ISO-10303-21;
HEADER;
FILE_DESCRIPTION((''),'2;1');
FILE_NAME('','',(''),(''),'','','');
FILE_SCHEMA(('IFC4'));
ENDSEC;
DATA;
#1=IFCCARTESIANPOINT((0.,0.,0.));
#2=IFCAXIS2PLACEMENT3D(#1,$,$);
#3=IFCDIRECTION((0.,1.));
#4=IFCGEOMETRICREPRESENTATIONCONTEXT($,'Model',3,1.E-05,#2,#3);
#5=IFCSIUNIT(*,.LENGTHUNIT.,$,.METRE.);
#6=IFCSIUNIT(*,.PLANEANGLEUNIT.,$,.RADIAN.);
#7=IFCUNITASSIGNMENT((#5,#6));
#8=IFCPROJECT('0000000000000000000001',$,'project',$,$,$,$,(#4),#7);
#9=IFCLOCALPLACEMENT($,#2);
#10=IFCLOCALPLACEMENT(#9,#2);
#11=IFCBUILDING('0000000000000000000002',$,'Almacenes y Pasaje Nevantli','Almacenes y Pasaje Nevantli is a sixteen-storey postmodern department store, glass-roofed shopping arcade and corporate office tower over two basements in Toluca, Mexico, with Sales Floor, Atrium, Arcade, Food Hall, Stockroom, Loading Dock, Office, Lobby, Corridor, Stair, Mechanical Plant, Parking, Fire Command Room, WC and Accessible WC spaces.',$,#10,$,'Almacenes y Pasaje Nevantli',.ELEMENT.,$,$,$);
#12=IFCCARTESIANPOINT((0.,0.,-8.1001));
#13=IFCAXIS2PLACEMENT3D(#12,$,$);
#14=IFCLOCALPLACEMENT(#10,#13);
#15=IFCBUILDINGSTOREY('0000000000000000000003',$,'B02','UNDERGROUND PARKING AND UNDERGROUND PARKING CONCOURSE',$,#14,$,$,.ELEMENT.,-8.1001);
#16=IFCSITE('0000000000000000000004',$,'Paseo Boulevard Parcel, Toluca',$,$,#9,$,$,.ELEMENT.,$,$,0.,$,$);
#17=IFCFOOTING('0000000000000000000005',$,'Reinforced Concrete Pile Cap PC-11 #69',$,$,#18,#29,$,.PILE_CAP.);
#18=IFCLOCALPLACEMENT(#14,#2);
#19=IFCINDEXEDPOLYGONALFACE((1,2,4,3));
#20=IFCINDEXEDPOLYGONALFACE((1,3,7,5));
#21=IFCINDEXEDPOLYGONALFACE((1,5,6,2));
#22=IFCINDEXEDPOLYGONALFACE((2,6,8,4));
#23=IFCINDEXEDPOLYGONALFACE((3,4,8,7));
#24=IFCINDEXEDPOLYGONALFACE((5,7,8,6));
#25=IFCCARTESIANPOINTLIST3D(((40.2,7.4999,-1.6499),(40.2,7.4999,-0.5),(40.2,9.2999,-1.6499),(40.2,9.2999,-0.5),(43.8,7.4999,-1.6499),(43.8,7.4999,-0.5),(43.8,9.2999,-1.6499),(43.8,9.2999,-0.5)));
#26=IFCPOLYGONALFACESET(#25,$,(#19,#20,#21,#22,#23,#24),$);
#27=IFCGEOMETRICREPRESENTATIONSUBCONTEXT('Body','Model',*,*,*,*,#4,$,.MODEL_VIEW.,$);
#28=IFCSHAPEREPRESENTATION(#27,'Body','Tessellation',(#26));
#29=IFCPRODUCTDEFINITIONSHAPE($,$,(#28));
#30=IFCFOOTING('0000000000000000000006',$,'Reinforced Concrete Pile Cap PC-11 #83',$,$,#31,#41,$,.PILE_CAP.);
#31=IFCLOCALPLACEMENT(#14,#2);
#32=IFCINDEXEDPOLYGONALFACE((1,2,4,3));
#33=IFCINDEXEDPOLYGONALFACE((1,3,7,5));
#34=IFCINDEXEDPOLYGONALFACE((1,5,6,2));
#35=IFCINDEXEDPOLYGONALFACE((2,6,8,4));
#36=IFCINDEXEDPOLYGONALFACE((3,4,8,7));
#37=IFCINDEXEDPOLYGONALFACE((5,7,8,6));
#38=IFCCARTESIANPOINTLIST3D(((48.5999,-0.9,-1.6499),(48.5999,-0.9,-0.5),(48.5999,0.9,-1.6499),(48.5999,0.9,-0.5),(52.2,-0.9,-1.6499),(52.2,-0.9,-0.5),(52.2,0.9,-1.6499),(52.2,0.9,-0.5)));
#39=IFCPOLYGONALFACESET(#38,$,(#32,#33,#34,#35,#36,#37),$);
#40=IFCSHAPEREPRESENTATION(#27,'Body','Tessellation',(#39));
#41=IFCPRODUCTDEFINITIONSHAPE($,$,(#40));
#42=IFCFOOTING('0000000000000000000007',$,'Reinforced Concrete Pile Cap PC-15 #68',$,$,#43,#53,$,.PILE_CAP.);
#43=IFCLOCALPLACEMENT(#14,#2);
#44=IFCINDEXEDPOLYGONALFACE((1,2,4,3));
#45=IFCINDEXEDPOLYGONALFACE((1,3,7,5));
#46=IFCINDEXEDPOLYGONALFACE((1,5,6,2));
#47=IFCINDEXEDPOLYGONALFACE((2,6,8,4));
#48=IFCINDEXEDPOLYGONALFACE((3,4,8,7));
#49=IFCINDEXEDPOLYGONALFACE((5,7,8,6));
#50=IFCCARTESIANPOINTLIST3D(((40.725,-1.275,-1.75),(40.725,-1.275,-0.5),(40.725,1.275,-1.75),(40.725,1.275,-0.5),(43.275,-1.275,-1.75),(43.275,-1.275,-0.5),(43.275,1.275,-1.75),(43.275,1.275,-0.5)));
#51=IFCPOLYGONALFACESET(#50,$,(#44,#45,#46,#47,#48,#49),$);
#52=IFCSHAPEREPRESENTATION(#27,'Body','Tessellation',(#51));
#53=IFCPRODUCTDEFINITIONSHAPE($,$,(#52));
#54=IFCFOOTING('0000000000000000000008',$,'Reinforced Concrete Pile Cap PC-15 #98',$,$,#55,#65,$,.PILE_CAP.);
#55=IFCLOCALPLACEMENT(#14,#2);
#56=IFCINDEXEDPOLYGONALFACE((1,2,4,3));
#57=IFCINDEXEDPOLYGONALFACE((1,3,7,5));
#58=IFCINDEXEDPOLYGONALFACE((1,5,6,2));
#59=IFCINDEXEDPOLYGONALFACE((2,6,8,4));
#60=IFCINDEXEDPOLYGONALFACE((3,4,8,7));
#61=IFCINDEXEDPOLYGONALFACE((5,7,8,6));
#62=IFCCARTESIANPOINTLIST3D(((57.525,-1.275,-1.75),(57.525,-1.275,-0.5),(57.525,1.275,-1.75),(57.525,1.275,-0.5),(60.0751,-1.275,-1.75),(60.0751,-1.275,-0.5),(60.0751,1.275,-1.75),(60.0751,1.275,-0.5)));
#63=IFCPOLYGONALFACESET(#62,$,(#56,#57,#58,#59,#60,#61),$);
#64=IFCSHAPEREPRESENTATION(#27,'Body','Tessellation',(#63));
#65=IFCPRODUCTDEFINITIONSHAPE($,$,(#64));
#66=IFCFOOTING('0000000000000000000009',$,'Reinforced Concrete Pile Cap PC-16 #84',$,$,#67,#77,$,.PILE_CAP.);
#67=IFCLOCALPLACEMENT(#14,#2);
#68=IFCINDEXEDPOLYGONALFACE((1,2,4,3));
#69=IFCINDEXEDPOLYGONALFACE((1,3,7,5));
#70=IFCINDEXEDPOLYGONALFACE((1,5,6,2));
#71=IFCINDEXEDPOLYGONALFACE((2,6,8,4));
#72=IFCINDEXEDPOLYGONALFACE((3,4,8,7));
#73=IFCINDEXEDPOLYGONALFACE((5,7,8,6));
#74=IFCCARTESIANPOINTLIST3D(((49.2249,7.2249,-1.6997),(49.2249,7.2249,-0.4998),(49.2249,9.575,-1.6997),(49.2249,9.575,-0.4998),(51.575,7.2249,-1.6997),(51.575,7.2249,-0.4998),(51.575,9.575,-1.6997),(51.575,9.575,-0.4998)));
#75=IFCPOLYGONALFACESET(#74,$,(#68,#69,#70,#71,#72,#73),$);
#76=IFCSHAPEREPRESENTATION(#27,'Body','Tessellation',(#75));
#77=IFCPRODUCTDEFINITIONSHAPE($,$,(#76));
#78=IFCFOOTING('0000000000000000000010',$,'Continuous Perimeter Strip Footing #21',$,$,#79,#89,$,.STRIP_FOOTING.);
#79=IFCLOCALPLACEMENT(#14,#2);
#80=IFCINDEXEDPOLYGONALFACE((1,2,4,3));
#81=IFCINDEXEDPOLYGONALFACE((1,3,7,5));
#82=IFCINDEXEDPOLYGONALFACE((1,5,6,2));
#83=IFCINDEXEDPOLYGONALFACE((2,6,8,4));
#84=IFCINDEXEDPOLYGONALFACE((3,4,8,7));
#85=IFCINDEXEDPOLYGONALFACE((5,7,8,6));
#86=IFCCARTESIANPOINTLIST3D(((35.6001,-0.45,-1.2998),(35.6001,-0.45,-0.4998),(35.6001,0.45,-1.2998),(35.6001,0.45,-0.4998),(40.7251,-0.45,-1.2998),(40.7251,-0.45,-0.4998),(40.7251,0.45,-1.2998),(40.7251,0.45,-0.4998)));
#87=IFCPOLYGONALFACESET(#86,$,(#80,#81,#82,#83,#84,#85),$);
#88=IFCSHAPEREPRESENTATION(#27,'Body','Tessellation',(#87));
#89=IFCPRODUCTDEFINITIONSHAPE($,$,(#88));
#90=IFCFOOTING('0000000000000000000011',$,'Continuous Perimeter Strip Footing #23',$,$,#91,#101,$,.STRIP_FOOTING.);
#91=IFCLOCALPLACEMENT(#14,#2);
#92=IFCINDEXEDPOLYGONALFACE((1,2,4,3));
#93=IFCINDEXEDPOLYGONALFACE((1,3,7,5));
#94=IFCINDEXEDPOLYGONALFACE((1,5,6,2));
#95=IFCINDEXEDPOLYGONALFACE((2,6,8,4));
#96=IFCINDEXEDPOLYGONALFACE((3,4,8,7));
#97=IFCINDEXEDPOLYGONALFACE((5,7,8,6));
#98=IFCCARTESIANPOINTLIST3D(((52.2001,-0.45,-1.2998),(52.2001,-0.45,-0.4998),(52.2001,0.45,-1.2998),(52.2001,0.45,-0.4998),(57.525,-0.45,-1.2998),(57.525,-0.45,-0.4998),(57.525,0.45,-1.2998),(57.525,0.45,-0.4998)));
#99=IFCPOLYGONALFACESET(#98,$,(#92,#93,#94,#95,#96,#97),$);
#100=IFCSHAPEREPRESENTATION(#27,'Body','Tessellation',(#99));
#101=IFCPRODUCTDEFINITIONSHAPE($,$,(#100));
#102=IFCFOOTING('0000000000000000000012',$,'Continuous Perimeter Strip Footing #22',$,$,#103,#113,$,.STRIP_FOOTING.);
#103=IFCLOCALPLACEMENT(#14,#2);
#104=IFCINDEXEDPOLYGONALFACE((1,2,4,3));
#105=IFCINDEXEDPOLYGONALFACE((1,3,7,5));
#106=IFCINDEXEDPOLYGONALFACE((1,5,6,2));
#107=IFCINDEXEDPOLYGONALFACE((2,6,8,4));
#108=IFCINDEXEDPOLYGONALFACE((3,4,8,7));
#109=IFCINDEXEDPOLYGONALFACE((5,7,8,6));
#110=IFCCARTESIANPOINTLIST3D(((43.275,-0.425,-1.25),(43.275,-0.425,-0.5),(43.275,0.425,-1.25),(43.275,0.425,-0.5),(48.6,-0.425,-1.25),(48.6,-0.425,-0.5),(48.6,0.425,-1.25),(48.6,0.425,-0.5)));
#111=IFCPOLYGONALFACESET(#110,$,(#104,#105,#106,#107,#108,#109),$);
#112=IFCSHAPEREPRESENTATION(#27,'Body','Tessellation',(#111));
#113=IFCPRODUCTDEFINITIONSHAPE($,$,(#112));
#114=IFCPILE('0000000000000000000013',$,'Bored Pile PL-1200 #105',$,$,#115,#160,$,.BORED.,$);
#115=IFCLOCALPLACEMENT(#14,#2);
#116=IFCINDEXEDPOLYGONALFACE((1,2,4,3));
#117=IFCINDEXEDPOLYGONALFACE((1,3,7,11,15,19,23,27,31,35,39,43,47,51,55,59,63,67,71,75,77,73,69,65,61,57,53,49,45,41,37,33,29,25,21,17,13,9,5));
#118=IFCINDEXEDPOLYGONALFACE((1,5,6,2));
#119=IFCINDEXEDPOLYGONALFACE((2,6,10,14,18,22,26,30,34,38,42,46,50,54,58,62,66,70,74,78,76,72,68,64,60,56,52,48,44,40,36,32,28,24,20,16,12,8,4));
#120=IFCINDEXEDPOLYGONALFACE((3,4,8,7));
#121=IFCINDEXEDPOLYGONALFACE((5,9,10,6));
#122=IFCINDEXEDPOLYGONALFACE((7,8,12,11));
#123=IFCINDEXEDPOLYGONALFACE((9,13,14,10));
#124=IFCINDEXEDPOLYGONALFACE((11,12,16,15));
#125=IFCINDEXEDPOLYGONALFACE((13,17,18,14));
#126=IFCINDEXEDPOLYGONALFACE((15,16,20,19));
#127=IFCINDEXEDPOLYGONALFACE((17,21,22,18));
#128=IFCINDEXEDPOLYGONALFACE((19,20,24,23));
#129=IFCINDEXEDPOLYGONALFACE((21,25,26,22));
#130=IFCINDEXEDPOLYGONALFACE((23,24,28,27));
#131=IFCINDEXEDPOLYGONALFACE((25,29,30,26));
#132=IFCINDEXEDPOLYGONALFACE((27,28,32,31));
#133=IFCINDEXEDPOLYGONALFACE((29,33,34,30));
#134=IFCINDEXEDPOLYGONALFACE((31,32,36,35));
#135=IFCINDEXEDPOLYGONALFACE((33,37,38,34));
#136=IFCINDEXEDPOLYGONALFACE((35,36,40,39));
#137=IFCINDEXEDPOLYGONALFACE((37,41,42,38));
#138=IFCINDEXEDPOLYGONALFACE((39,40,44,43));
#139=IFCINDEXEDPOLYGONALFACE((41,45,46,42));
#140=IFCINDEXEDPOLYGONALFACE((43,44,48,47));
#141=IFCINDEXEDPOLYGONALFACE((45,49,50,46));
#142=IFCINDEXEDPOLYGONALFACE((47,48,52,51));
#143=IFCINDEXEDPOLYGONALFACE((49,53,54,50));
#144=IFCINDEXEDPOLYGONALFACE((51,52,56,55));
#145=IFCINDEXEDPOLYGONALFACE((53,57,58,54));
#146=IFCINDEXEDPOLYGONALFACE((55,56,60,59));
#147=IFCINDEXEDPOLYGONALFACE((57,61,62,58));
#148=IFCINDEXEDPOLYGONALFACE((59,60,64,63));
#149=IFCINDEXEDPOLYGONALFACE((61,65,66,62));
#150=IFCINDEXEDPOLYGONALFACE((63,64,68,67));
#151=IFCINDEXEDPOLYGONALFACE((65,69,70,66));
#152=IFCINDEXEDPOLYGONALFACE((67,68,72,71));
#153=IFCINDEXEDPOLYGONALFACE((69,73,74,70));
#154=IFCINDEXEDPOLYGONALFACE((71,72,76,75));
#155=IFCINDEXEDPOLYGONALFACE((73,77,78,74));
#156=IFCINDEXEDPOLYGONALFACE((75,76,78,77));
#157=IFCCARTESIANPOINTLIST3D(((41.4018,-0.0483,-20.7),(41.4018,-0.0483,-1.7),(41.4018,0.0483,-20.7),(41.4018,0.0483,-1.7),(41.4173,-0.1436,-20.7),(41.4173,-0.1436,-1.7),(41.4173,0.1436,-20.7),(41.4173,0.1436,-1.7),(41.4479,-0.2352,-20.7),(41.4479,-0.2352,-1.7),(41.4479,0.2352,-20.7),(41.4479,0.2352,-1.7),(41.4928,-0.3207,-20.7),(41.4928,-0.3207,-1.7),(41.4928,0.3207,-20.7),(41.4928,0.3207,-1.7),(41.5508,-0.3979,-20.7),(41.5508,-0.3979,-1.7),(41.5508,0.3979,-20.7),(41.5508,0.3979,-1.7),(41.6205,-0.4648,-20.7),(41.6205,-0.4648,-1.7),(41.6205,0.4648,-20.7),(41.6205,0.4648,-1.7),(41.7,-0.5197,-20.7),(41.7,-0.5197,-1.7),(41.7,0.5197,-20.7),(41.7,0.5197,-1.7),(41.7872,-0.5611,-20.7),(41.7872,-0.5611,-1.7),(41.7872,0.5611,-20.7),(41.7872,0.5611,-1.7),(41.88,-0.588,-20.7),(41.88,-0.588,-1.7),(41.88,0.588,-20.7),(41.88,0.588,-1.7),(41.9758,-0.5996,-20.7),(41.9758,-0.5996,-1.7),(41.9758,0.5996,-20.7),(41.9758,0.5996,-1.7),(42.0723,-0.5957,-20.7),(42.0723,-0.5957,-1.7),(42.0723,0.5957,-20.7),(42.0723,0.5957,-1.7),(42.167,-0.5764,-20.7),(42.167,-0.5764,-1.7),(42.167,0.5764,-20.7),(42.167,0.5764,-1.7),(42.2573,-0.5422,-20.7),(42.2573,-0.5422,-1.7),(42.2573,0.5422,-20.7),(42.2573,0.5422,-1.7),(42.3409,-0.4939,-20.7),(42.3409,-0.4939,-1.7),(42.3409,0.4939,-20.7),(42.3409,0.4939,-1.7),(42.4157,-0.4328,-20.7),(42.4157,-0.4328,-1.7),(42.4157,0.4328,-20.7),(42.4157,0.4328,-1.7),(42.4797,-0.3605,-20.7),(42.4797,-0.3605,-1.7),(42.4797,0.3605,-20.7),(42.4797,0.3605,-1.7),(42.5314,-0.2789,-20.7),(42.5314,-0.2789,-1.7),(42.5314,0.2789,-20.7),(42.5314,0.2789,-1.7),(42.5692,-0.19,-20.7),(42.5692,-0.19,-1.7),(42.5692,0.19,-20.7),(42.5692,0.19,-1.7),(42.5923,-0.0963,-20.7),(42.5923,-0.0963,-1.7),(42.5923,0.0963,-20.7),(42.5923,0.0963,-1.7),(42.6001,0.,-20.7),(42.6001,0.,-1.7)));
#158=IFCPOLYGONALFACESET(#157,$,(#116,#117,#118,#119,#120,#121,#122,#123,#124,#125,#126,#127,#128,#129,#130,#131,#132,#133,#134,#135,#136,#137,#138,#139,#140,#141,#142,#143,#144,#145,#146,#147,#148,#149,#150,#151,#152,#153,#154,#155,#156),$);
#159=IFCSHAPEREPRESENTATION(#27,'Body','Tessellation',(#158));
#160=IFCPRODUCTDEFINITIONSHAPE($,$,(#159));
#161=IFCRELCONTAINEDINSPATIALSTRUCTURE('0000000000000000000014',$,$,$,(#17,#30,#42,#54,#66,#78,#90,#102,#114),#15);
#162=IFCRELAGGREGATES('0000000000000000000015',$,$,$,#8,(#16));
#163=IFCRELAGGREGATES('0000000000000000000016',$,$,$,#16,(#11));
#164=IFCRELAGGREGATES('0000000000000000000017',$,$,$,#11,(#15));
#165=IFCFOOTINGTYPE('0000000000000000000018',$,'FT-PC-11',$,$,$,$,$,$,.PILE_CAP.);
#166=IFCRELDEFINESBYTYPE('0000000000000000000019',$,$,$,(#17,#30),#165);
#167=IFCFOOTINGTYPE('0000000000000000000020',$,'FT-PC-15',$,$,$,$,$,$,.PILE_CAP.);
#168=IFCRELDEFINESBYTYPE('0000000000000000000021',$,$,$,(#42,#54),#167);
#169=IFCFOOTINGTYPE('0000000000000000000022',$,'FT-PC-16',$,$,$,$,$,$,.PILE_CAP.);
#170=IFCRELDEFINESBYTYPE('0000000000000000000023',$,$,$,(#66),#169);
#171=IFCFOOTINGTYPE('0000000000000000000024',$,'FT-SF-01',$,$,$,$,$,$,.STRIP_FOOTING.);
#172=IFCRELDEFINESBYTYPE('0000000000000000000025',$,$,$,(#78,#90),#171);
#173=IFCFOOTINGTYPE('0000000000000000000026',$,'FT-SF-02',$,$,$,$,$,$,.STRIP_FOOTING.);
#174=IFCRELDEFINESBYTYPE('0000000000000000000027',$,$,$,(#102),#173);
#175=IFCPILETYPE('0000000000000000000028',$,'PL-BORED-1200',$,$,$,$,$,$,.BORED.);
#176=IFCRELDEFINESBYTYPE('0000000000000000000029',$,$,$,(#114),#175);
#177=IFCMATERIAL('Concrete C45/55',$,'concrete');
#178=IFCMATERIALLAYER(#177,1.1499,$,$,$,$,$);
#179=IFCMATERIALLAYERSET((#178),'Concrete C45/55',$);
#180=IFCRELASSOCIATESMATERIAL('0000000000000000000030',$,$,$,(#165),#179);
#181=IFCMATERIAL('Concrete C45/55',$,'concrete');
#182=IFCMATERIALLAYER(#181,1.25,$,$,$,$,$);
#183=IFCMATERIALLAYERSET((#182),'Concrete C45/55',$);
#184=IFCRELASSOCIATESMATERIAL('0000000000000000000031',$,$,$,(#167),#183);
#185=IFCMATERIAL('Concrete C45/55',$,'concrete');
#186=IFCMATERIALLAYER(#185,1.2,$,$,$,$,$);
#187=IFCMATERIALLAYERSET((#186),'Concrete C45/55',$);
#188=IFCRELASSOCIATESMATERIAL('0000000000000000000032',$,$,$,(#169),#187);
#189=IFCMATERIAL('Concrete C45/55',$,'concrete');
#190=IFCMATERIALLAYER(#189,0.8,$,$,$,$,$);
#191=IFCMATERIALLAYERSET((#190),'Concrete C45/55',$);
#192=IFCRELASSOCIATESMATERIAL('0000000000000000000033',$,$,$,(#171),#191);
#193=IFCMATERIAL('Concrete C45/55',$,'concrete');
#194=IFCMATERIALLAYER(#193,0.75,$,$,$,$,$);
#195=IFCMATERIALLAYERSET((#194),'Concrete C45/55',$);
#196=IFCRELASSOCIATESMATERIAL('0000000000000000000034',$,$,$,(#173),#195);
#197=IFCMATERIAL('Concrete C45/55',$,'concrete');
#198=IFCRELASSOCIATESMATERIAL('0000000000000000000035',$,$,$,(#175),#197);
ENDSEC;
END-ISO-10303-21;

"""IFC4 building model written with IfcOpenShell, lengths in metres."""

from ifc_helpers import new_model, si_unit, direction, frame, origin, origin_2d, place, context, subcontext, project, spatial, rectangle, circle, extrude, material, layer, layer_set, material_profile, profile_set, type_object, element, save


model = new_model("IFC4")

# Units and contexts
model_context = context("Model", 3, precision=1e-05, world=origin(), true_north=direction((0.0, 1.0)))
body_context = subcontext(model_context, "Body", "Model", "MODEL_VIEW")
ifc_project = project(units=[si_unit("LENGTHUNIT", "METRE"), si_unit("PLANEANGLEUNIT", "RADIAN")], contexts=[model_context])

# Site, building, storey
site_placement = place(None, origin())
site = spatial("IfcSite", under=ifc_project, at=site_placement, Name="Paseo Boulevard Parcel, Toluca", CompositionType="ELEMENT", RefElevation=0.0)
building_placement = place(site_placement, origin())
building = spatial("IfcBuilding", under=site, at=building_placement, Name="Almacenes y Pasaje Nevantli", Description="Almacenes y Pasaje Nevantli is a sixteen-storey postmodern department store, glass-roofed shopping arcade and corporate office tower over two basements in Toluca, Mexico, with Sales Floor, Atrium, Arcade, Food Hall, Stockroom, Loading Dock, Office, Lobby, Corridor, Stair, Mechanical Plant, Parking, Fire Command Room, WC and Accessible WC spaces.", LongName="Almacenes y Pasaje Nevantli", CompositionType="ELEMENT")
storey_placement = place(building_placement, frame((0.0, 0.0, -8.1001)))
storey = spatial("IfcBuildingStorey", under=building, at=storey_placement, Name="B02", Description="UNDERGROUND PARKING AND UNDERGROUND PARKING CONCOURSE", CompositionType="ELEMENT", Elevation=-8.1001)

# Footings
ifc_material_1 = material(Name="Concrete C45/55", Category="concrete")
ifc_layer_1 = layer(ifc_material_1, 1.1499)
ifc_layer_set_1 = layer_set([ifc_layer_1], Name="Concrete C45/55")
footing_type_1 = type_object("IfcFootingType", Name="FT-PC-11", PredefinedType="PILE_CAP", material=ifc_layer_set_1)
for number, where, z_axis, x_axis, name in (
    (1, (42.0, 8.3999, -1.6499), (0.0, 0.0, 1.0), (1.0, 0.0, 0.0), "Reinforced Concrete Pile Cap PC-11 #69"),
    (2, (50.3999, 0.0, -1.6499), (0.0, 0.0, 1.0), (1.0, 0.0, 0.0), "Reinforced Concrete Pile Cap PC-11 #83"),
):
    element("IfcFooting", number, at=place(storey_placement, frame(where, z_axis=z_axis, x_axis=x_axis)), inside=storey, type_object=footing_type_1, Name=name, PredefinedType="PILE_CAP", context=body_context, shape_type="SweptSolid", body=[
        extrude(rectangle(XDim=3.6001, YDim=1.8, at=origin_2d()), origin(), (0.0, 0.0, 1.0), 1.1499),
    ])
ifc_material_2 = material(Name="Concrete C45/55", Category="concrete")
ifc_layer_2 = layer(ifc_material_2, 1.25)
ifc_layer_set_2 = layer_set([ifc_layer_2], Name="Concrete C45/55")
footing_type_2 = type_object("IfcFootingType", Name="FT-PC-15", PredefinedType="PILE_CAP", material=ifc_layer_set_2)
for number, where, z_axis, x_axis, name in (
    (3, (42.0, 0.0, -1.75), (0.0, 0.0, 1.0), (1.0, 0.0, 0.0), "Reinforced Concrete Pile Cap PC-15 #68"),
    (4, (58.8, 0.0, -1.75), (0.0, 0.0, 1.0), (1.0, 0.0, 0.0), "Reinforced Concrete Pile Cap PC-15 #98"),
):
    element("IfcFooting", number, at=place(storey_placement, frame(where, z_axis=z_axis, x_axis=x_axis)), inside=storey, type_object=footing_type_2, Name=name, PredefinedType="PILE_CAP", context=body_context, shape_type="SweptSolid", body=[
        extrude(rectangle(XDim=2.55, YDim=2.55, at=origin_2d()), origin(), (0.0, 0.0, 1.0), 1.25),
    ])
ifc_material_3 = material(Name="Concrete C45/55", Category="concrete")
ifc_layer_3 = layer(ifc_material_3, 1.2)
ifc_layer_set_3 = layer_set([ifc_layer_3], Name="Concrete C45/55")
footing_type_3 = type_object("IfcFootingType", Name="FT-PC-16", PredefinedType="PILE_CAP", material=ifc_layer_set_3)
footing_1_placement = place(storey_placement, frame((50.3999, 8.3999, -1.6997), z_axis=(0.0, 0.0, 1.0), x_axis=(1.0, 0.0, 0.0)))
element("IfcFooting", 5, at=footing_1_placement, inside=storey, type_object=footing_type_3, Name="Reinforced Concrete Pile Cap PC-16 #84", PredefinedType="PILE_CAP", context=body_context, shape_type="SweptSolid", body=[
    extrude(rectangle(XDim=2.3501, YDim=2.3501, at=origin_2d()), origin(), (0.0, 0.0, 1.0), 1.2),
])
ifc_material_4 = material(Name="Concrete C45/55", Category="concrete")
ifc_layer_4 = layer(ifc_material_4, 0.8)
ifc_layer_set_4 = layer_set([ifc_layer_4], Name="Concrete C45/55")
footing_type_4 = type_object("IfcFootingType", Name="FT-SF-01", PredefinedType="STRIP_FOOTING", material=ifc_layer_set_4)
footing_2_placement = place(storey_placement, frame((38.1626, 0.0, -1.2998), z_axis=(0.0, 0.0, 1.0), x_axis=(1.0, 0.0, 0.0)))
element("IfcFooting", 6, at=footing_2_placement, inside=storey, type_object=footing_type_4, Name="Continuous Perimeter Strip Footing #21", PredefinedType="STRIP_FOOTING", context=body_context, shape_type="SweptSolid", body=[
    extrude(rectangle(XDim=5.125, YDim=0.8999, at=origin_2d()), origin(), (0.0, 0.0, 1.0), 0.8),
])
footing_3_placement = place(storey_placement, frame((54.8625, 0.0, -1.2998), z_axis=(0.0, 0.0, 1.0), x_axis=(1.0, 0.0, 0.0)))
element("IfcFooting", 7, at=footing_3_placement, inside=storey, type_object=footing_type_4, Name="Continuous Perimeter Strip Footing #23", PredefinedType="STRIP_FOOTING", context=body_context, shape_type="SweptSolid", body=[
    extrude(rectangle(XDim=5.325, YDim=0.8999, at=origin_2d()), origin(), (0.0, 0.0, 1.0), 0.8),
])
ifc_material_5 = material(Name="Concrete C45/55", Category="concrete")
ifc_layer_5 = layer(ifc_material_5, 0.75)
ifc_layer_set_5 = layer_set([ifc_layer_5], Name="Concrete C45/55")
footing_type_5 = type_object("IfcFootingType", Name="FT-SF-02", PredefinedType="STRIP_FOOTING", material=ifc_layer_set_5)
footing_4_placement = place(storey_placement, frame((45.9375, 0.0, -1.25), z_axis=(0.0, 0.0, 1.0), x_axis=(1.0, 0.0, 0.0)))
element("IfcFooting", 8, at=footing_4_placement, inside=storey, type_object=footing_type_5, Name="Continuous Perimeter Strip Footing #22", PredefinedType="STRIP_FOOTING", context=body_context, shape_type="SweptSolid", body=[
    extrude(rectangle(XDim=5.325, YDim=0.8501, at=origin_2d()), origin(), (0.0, 0.0, 1.0), 0.75),
])

# Pile
ifc_material_6 = material(Name="Concrete C45/55", Category="concrete")
ifc_material_profile_1 = material_profile(ifc_material_6, circle(Radius=0.6001, at=origin_2d()), Name="RC-PILE-D1200")
ifc_profile_set_1 = profile_set([ifc_material_profile_1], Name="Concrete C45/55")
pile_type_1 = type_object("IfcPileType", Name="PL-BORED-1200", PredefinedType="BORED", material=ifc_profile_set_1)
for number, where, z_axis, x_axis, name in (
    (9, (42.0, 0.0, -1.7), (0.0, 0.0, -1.0), (1.0, 0.0, 0.0), "Bored Pile PL-1200 #105"),
):
    element("IfcPile", number, at=place(storey_placement, frame(where, z_axis=z_axis, x_axis=x_axis)), inside=storey, type_object=pile_type_1, Name=name, PredefinedType="BORED", context=body_context, shape_type="SweptSolid", body=[
        extrude(circle(Radius=0.6001, at=origin_2d()), origin(), (0.0, 0.0, 1.0), 19.0),
    ])

save(model, "model.ifc")
